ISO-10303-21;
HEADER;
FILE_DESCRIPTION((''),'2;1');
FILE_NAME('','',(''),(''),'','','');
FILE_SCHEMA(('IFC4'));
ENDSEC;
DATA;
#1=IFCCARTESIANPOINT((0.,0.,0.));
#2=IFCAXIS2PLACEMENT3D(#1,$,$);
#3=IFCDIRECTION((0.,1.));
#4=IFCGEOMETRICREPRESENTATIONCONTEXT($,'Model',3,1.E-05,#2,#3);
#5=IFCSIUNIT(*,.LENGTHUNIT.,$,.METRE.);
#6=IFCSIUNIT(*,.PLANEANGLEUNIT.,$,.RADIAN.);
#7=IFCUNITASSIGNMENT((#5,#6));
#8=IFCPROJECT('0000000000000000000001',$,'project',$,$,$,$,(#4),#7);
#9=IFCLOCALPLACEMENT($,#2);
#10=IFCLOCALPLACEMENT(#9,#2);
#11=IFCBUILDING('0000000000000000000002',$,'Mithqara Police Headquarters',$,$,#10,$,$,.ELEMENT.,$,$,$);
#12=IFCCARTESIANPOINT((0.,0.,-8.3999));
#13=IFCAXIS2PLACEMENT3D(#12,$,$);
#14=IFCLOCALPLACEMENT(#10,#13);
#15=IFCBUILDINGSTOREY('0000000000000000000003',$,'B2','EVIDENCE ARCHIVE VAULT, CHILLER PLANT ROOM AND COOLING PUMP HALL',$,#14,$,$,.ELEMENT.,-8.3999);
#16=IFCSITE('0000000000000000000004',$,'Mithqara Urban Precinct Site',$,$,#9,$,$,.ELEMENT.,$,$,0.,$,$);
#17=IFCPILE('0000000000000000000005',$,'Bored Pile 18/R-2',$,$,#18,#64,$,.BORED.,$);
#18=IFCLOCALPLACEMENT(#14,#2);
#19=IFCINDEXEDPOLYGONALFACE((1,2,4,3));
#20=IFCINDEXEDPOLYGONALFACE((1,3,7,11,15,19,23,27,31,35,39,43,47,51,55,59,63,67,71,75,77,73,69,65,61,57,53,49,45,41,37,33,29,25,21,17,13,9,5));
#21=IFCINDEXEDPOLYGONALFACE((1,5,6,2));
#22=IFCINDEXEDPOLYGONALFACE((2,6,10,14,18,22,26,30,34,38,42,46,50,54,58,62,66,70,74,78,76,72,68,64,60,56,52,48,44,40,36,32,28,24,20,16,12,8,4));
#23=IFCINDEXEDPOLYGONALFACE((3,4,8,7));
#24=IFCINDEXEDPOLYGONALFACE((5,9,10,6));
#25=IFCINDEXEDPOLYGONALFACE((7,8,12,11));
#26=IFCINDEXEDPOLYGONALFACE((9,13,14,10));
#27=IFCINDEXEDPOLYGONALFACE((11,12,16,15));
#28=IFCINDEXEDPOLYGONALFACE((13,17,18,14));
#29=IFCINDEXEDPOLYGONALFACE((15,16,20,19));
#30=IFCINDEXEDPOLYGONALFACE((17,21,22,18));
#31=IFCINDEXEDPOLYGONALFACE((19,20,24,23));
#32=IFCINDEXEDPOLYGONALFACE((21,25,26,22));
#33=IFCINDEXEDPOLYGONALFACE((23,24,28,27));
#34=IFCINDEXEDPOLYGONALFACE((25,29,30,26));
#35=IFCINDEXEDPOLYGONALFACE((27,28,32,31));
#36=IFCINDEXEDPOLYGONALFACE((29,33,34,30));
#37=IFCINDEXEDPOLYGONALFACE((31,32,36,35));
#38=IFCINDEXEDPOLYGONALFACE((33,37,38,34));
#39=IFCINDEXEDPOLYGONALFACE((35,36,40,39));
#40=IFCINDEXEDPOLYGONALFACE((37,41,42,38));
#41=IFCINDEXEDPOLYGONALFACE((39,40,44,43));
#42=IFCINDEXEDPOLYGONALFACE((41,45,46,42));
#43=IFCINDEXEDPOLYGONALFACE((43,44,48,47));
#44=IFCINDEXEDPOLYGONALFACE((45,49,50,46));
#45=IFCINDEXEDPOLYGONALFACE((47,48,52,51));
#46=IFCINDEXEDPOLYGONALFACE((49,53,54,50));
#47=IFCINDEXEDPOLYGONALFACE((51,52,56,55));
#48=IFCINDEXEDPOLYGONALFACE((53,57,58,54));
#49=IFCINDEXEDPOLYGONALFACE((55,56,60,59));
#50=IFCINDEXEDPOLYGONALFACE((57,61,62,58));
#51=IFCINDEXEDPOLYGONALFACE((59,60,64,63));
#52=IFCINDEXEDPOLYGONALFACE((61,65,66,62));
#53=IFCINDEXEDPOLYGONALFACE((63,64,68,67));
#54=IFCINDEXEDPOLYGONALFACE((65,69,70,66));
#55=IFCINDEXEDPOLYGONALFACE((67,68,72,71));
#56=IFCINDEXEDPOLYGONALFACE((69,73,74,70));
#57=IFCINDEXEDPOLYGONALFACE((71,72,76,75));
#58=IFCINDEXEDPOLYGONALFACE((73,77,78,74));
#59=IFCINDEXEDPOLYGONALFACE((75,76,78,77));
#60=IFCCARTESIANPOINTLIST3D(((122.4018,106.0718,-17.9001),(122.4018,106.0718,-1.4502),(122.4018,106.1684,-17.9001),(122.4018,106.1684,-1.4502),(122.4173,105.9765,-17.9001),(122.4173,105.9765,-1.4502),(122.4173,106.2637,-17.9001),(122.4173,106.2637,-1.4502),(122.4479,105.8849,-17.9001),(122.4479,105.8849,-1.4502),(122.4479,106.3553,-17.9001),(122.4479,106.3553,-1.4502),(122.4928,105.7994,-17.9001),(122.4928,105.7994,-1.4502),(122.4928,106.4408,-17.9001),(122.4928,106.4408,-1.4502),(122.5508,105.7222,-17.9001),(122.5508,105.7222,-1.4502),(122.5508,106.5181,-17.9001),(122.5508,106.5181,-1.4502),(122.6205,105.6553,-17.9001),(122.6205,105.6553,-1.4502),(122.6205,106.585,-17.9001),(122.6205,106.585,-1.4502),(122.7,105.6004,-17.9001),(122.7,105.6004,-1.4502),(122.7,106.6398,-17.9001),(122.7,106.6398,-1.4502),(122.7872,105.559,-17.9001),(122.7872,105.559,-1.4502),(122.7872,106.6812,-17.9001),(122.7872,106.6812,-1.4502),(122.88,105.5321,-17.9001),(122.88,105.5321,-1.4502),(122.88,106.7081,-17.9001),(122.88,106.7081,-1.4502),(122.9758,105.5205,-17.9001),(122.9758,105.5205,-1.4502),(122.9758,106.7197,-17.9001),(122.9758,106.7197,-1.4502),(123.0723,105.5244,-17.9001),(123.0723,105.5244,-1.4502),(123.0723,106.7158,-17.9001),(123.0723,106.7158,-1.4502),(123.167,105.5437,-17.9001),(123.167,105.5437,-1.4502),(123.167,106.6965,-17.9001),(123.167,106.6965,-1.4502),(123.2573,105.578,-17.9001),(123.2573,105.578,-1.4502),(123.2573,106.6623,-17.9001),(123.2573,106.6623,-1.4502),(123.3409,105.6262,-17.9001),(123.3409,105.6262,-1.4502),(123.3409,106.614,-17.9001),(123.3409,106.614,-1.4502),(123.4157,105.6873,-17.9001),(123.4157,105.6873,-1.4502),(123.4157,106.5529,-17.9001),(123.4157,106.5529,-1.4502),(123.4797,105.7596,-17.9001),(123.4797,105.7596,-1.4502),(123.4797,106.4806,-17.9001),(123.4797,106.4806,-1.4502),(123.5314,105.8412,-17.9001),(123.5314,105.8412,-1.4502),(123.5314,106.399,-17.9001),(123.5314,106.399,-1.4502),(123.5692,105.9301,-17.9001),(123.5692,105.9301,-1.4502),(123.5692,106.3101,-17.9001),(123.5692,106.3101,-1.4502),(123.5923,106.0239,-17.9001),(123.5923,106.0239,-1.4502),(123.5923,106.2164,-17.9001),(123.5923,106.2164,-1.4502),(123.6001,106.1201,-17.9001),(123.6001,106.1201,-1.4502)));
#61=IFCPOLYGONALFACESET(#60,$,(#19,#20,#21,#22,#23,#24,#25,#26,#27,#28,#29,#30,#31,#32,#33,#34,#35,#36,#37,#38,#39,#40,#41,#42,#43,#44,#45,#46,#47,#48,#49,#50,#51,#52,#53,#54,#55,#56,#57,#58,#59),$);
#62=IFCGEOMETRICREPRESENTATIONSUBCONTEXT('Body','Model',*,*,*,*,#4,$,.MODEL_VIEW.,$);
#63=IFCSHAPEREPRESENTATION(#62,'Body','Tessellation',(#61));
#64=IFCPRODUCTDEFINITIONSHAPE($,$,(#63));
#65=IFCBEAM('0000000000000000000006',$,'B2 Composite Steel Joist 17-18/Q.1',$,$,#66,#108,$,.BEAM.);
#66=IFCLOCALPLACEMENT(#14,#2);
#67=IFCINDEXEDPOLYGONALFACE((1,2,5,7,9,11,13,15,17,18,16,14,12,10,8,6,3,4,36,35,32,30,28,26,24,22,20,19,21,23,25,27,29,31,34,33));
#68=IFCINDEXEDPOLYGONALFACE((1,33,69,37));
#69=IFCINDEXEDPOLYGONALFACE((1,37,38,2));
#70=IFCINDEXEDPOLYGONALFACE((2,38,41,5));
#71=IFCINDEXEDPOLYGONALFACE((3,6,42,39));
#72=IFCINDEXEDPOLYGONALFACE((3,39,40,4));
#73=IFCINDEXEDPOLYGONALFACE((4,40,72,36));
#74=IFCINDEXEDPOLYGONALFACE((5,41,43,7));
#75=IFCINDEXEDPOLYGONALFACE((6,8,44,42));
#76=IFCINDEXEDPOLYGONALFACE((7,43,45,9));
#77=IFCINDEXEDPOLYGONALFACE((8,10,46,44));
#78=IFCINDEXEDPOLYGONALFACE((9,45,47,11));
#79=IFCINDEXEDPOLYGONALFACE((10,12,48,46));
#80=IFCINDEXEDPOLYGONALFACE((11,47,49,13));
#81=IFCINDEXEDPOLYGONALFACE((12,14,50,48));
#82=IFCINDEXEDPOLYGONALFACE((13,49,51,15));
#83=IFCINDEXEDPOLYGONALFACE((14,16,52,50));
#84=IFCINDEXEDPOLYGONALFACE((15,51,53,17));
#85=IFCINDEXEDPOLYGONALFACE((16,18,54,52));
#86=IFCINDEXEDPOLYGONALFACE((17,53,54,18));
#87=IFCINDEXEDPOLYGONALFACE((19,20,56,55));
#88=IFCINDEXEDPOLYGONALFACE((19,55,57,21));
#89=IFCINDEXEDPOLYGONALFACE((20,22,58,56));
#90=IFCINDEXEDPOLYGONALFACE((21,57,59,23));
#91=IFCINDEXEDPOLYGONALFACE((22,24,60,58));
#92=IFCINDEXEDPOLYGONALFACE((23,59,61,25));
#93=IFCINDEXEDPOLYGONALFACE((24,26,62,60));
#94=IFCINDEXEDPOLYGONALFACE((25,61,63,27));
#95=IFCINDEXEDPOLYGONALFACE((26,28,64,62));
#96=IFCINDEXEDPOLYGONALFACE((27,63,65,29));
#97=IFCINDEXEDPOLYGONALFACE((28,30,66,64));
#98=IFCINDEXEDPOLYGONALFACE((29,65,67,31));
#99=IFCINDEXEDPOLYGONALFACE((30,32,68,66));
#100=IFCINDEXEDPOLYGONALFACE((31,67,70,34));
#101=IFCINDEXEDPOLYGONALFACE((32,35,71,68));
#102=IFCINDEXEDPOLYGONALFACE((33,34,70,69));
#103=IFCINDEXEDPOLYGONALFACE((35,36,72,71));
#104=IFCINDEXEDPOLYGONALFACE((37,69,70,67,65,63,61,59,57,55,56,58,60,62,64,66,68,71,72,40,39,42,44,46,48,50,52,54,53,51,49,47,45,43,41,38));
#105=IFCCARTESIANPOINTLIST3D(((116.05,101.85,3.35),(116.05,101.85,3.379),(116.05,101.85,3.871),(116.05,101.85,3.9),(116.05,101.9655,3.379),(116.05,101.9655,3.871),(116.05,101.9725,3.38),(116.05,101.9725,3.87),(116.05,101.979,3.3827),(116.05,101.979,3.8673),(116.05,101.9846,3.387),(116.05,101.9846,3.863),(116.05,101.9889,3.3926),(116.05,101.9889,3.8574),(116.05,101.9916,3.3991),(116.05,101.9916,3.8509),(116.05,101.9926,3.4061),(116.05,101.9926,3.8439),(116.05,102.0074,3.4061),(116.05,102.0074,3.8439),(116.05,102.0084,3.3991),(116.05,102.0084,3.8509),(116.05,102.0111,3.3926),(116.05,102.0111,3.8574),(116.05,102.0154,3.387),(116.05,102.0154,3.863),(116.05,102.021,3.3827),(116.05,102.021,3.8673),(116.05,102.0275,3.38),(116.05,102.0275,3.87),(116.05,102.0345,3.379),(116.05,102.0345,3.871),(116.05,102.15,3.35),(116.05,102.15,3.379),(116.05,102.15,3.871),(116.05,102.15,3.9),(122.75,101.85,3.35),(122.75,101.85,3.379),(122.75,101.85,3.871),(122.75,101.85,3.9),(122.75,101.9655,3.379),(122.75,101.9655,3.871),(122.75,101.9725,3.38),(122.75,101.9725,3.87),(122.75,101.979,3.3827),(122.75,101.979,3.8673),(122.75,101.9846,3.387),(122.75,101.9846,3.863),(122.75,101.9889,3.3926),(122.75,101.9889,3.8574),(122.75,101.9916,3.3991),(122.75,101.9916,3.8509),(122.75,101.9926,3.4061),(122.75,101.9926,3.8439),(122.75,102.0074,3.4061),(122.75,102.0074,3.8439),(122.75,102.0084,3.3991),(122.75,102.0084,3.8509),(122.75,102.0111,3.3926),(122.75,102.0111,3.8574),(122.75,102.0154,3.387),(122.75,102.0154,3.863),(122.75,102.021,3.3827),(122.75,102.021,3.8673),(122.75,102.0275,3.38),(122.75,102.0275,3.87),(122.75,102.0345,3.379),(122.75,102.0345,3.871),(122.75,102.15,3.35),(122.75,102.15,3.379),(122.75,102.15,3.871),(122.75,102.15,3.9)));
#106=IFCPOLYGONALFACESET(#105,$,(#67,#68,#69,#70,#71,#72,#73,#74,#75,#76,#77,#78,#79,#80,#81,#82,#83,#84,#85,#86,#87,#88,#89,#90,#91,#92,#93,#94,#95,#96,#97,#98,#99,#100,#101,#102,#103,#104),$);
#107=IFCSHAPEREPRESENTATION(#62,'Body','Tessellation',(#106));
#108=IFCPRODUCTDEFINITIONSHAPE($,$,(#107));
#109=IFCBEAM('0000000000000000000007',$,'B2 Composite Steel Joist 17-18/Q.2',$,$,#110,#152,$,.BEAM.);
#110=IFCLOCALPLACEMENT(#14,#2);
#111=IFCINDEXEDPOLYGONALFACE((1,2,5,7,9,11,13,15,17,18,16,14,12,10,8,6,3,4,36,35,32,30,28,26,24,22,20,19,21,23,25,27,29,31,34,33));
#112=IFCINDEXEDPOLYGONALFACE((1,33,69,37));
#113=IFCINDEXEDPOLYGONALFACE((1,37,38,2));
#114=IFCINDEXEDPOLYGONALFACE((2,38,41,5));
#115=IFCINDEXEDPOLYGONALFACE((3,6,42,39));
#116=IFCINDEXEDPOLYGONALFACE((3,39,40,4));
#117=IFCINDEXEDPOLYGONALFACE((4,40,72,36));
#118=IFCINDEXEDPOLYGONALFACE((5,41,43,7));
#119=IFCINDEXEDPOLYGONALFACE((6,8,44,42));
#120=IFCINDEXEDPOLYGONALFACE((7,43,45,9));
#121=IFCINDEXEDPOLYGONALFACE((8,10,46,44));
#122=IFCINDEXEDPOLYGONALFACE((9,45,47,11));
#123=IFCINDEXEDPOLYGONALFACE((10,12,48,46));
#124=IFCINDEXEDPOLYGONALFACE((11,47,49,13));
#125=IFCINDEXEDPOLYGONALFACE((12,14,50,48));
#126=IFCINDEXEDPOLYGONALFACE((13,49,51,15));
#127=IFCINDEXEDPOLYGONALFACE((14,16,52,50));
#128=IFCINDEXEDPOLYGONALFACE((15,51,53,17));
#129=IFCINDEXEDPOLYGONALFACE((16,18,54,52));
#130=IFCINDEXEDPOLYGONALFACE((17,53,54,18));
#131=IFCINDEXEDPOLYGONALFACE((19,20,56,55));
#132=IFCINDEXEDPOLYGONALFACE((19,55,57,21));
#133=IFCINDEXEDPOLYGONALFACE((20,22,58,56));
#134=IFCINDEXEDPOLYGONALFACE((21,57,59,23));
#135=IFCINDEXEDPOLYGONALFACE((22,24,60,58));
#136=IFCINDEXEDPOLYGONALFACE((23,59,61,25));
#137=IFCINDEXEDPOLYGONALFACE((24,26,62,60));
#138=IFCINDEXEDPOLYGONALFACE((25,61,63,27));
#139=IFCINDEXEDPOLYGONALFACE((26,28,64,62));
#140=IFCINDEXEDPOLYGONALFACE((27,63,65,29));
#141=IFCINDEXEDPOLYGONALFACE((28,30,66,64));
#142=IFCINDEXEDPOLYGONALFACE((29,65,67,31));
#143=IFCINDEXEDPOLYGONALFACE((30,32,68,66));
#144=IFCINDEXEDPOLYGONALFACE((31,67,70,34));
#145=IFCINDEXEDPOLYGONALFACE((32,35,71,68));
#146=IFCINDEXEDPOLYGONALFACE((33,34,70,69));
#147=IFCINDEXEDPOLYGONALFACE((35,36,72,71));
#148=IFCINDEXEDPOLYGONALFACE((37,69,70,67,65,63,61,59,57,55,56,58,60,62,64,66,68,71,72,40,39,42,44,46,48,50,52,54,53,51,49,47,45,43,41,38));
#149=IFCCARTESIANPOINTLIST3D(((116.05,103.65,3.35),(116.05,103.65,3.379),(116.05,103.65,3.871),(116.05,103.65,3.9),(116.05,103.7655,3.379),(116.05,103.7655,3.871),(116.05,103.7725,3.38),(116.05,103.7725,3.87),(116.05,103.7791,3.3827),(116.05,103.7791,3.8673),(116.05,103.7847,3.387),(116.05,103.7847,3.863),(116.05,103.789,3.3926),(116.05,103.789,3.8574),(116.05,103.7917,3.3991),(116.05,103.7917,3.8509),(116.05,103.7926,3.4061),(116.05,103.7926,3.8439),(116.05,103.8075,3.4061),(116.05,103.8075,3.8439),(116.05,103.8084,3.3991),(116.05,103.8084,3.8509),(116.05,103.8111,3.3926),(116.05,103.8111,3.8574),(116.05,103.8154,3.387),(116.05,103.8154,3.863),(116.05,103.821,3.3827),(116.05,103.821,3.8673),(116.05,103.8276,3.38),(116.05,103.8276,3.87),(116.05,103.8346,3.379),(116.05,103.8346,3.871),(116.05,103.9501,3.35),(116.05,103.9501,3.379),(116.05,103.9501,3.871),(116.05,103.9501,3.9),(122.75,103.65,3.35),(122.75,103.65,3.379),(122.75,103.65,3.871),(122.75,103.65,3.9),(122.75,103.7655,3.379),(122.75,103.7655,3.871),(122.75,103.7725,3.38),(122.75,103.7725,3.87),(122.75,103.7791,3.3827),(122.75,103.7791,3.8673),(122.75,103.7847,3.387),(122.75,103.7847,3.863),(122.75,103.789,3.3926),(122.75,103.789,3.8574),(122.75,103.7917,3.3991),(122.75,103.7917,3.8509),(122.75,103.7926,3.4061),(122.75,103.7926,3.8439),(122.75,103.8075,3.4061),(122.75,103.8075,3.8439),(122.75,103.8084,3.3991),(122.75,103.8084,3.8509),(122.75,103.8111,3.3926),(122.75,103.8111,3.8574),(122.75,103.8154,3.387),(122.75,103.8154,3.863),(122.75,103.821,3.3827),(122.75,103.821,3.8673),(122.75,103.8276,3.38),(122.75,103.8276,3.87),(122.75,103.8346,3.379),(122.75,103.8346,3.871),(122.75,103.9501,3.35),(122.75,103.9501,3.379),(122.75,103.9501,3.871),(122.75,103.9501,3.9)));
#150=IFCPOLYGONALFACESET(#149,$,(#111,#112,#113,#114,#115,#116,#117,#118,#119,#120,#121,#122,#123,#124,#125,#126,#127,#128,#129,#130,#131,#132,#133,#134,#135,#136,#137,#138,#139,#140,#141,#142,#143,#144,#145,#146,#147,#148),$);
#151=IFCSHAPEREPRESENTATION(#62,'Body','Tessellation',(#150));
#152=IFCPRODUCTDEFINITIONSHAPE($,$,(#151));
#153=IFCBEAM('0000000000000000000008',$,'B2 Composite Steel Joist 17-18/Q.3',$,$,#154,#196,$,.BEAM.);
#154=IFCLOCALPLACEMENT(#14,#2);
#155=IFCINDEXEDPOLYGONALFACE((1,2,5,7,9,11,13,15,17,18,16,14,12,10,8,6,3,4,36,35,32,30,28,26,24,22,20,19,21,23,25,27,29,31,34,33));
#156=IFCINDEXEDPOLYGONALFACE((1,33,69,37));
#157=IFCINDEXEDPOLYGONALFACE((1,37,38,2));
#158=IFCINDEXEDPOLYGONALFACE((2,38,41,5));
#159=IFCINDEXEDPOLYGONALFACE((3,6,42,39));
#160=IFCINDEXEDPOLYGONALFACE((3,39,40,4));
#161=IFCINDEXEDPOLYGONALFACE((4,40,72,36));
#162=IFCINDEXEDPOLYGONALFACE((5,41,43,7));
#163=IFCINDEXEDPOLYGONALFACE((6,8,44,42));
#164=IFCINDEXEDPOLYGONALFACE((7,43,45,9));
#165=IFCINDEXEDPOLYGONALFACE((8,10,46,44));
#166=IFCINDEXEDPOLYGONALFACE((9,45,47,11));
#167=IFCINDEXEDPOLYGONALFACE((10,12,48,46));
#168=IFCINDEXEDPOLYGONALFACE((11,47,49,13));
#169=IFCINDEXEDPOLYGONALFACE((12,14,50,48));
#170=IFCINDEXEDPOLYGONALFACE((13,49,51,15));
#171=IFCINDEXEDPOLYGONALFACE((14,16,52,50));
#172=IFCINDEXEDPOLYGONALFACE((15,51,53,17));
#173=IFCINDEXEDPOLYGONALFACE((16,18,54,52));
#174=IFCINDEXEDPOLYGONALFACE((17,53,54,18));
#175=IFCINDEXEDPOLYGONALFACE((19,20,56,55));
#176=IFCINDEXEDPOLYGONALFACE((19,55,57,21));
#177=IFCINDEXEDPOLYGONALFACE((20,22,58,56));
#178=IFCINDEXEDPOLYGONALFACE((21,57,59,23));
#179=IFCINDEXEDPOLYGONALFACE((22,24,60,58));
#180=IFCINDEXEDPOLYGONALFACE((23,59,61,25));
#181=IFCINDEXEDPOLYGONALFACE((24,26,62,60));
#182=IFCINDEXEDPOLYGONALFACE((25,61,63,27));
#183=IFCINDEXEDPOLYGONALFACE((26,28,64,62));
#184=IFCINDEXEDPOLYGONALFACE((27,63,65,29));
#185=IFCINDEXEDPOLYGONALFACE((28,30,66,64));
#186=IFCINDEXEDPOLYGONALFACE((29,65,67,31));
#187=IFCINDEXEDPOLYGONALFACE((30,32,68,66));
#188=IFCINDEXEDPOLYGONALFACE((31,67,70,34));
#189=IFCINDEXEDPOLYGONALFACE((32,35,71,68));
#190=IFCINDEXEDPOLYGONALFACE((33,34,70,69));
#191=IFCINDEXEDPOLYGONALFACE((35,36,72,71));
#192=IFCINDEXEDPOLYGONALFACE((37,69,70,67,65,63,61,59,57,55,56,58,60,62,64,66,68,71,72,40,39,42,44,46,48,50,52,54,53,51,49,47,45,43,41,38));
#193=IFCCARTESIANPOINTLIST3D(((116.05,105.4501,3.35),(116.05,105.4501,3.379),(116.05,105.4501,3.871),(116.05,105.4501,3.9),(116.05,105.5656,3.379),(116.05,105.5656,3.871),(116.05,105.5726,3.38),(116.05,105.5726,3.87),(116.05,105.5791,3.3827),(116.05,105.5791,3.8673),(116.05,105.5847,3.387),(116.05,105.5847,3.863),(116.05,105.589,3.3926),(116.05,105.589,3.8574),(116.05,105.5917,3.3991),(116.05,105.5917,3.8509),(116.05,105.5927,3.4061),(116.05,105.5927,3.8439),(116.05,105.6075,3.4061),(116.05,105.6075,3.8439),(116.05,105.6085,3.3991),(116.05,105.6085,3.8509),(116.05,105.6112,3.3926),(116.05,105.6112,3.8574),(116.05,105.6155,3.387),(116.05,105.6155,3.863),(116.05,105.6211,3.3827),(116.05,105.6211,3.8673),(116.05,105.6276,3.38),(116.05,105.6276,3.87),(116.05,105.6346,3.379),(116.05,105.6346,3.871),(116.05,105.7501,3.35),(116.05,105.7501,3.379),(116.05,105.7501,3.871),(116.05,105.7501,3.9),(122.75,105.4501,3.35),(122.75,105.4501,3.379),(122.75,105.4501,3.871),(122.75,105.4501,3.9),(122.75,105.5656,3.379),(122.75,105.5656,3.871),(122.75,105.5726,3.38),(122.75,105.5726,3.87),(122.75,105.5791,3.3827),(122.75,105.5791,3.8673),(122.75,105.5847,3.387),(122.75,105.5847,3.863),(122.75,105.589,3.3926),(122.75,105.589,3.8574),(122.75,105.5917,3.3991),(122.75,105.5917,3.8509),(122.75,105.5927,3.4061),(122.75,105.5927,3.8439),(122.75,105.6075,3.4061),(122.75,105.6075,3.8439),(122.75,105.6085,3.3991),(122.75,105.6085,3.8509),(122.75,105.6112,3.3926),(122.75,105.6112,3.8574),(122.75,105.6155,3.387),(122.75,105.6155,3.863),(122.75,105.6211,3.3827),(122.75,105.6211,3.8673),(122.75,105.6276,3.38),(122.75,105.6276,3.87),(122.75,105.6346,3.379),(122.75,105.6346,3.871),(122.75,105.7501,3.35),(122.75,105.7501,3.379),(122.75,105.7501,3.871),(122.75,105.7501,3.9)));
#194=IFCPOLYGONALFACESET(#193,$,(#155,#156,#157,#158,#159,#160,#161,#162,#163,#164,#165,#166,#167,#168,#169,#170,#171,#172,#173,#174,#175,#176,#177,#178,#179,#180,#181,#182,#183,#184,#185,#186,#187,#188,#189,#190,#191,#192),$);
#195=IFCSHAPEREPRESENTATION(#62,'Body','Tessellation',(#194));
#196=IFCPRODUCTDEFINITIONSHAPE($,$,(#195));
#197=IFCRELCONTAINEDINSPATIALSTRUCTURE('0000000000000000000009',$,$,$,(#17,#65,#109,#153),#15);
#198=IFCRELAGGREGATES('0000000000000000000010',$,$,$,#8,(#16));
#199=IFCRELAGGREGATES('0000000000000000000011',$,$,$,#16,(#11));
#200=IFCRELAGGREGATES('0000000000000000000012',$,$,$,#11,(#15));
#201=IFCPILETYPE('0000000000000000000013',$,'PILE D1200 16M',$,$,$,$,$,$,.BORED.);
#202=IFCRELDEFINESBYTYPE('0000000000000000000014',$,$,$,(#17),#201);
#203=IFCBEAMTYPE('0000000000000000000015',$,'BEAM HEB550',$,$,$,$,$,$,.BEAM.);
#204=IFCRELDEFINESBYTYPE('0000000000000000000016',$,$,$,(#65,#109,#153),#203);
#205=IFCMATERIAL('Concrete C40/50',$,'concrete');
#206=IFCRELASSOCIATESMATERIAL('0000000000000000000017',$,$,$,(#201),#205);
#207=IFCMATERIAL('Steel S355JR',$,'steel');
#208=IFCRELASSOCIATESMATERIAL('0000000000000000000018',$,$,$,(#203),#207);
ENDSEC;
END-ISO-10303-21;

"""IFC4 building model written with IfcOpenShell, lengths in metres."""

from ifc_helpers import new_model, si_unit, direction, frame, origin, origin_2d, place, context, subcontext, project, spatial, circle, i_section, extrude, material, material_profile, profile_set, type_object, element, save


model = new_model("IFC4")

# Units and contexts
model_context = context("Model", 3, precision=1e-05, world=origin(), true_north=direction((0.0, 1.0)))
body_context = subcontext(model_context, "Body", "Model", "MODEL_VIEW")
ifc_project = project(units=[si_unit("LENGTHUNIT", "METRE"), si_unit("PLANEANGLEUNIT", "RADIAN")], contexts=[model_context])

# Site, building, storey
site_placement = place(None, origin())
site = spatial("IfcSite", under=ifc_project, at=site_placement, Name="Mithqara Urban Precinct Site", CompositionType="ELEMENT", RefElevation=0.0)
building_placement = place(site_placement, origin())
building = spatial("IfcBuilding", under=site, at=building_placement, Name="Mithqara Police Headquarters", CompositionType="ELEMENT")
storey_placement = place(building_placement, frame((0.0, 0.0, -8.3999)))
storey = spatial("IfcBuildingStorey", under=building, at=storey_placement, Name="B2", Description="EVIDENCE ARCHIVE VAULT, CHILLER PLANT ROOM AND COOLING PUMP HALL", CompositionType="ELEMENT", Elevation=-8.3999)

# Pile
ifc_material_1 = material(Name="Concrete C40/50", Category="concrete")
ifc_material_profile_1 = material_profile(ifc_material_1, circle(Radius=0.6001, at=origin_2d()), Name="PILE D1200")
ifc_profile_set_1 = profile_set([ifc_material_profile_1], Name="Concrete C40/50")
pile_type = type_object("IfcPileType", Name="PILE D1200 16M", PredefinedType="BORED", material=ifc_profile_set_1)
for number, where, z_axis, x_axis, name in (
    (1, (123.0, 106.1201, -1.4502), (0.0, 0.0, -1.0), (1.0, 0.0, 0.0), "Bored Pile 18/R-2"),
):
    element("IfcPile", number, at=place(storey_placement, frame(where, z_axis=z_axis, x_axis=x_axis)), inside=storey, type_object=pile_type, Name=name, PredefinedType="BORED", context=body_context, shape_type="SweptSolid", body=[
        extrude(circle(Radius=0.6001, at=origin_2d()), origin(), (0.0, 0.0, 1.0), 16.45),
    ])

# Beams
ifc_material_2 = material(Name="Steel S355JR", Category="steel")
ifc_material_profile_2 = material_profile(ifc_material_2, i_section(OverallWidth=0.3, OverallDepth=0.55, WebThickness=0.0149, FlangeThickness=0.0291, FilletRadius=0.0271, at=origin_2d()), Name="HEB 550")
ifc_profile_set_2 = profile_set([ifc_material_profile_2], Name="Steel S355JR")
beam_type_1 = type_object("IfcBeamType", Name="BEAM HEB550", PredefinedType="BEAM", material=ifc_profile_set_2)
for number, where, z_axis, x_axis, name in (
    (2, (116.05, 102.0, 3.625), (1.0, 0.0, 0.0), (0.0, 1.0, 0.0), "B2 Composite Steel Joist 17-18/Q.1"),
    (3, (116.05, 103.8, 3.625), (1.0, 0.0, 0.0), (0.0, 1.0, 0.0), "B2 Composite Steel Joist 17-18/Q.2"),
    (4, (116.05, 105.6001, 3.625), (1.0, 0.0, 0.0), (0.0, 1.0, 0.0), "B2 Composite Steel Joist 17-18/Q.3"),
):
    element("IfcBeam", number, at=place(storey_placement, frame(where, z_axis=z_axis, x_axis=x_axis)), inside=storey, type_object=beam_type_1, Name=name, PredefinedType="BEAM", context=body_context, shape_type="SweptSolid", body=[
        extrude(i_section(OverallWidth=0.3, OverallDepth=0.55, WebThickness=0.0149, FlangeThickness=0.0291, FilletRadius=0.0271, at=origin_2d()), origin(), (0.0, 0.0, 1.0), 6.7),
    ])

save(model, "model.ifc")
